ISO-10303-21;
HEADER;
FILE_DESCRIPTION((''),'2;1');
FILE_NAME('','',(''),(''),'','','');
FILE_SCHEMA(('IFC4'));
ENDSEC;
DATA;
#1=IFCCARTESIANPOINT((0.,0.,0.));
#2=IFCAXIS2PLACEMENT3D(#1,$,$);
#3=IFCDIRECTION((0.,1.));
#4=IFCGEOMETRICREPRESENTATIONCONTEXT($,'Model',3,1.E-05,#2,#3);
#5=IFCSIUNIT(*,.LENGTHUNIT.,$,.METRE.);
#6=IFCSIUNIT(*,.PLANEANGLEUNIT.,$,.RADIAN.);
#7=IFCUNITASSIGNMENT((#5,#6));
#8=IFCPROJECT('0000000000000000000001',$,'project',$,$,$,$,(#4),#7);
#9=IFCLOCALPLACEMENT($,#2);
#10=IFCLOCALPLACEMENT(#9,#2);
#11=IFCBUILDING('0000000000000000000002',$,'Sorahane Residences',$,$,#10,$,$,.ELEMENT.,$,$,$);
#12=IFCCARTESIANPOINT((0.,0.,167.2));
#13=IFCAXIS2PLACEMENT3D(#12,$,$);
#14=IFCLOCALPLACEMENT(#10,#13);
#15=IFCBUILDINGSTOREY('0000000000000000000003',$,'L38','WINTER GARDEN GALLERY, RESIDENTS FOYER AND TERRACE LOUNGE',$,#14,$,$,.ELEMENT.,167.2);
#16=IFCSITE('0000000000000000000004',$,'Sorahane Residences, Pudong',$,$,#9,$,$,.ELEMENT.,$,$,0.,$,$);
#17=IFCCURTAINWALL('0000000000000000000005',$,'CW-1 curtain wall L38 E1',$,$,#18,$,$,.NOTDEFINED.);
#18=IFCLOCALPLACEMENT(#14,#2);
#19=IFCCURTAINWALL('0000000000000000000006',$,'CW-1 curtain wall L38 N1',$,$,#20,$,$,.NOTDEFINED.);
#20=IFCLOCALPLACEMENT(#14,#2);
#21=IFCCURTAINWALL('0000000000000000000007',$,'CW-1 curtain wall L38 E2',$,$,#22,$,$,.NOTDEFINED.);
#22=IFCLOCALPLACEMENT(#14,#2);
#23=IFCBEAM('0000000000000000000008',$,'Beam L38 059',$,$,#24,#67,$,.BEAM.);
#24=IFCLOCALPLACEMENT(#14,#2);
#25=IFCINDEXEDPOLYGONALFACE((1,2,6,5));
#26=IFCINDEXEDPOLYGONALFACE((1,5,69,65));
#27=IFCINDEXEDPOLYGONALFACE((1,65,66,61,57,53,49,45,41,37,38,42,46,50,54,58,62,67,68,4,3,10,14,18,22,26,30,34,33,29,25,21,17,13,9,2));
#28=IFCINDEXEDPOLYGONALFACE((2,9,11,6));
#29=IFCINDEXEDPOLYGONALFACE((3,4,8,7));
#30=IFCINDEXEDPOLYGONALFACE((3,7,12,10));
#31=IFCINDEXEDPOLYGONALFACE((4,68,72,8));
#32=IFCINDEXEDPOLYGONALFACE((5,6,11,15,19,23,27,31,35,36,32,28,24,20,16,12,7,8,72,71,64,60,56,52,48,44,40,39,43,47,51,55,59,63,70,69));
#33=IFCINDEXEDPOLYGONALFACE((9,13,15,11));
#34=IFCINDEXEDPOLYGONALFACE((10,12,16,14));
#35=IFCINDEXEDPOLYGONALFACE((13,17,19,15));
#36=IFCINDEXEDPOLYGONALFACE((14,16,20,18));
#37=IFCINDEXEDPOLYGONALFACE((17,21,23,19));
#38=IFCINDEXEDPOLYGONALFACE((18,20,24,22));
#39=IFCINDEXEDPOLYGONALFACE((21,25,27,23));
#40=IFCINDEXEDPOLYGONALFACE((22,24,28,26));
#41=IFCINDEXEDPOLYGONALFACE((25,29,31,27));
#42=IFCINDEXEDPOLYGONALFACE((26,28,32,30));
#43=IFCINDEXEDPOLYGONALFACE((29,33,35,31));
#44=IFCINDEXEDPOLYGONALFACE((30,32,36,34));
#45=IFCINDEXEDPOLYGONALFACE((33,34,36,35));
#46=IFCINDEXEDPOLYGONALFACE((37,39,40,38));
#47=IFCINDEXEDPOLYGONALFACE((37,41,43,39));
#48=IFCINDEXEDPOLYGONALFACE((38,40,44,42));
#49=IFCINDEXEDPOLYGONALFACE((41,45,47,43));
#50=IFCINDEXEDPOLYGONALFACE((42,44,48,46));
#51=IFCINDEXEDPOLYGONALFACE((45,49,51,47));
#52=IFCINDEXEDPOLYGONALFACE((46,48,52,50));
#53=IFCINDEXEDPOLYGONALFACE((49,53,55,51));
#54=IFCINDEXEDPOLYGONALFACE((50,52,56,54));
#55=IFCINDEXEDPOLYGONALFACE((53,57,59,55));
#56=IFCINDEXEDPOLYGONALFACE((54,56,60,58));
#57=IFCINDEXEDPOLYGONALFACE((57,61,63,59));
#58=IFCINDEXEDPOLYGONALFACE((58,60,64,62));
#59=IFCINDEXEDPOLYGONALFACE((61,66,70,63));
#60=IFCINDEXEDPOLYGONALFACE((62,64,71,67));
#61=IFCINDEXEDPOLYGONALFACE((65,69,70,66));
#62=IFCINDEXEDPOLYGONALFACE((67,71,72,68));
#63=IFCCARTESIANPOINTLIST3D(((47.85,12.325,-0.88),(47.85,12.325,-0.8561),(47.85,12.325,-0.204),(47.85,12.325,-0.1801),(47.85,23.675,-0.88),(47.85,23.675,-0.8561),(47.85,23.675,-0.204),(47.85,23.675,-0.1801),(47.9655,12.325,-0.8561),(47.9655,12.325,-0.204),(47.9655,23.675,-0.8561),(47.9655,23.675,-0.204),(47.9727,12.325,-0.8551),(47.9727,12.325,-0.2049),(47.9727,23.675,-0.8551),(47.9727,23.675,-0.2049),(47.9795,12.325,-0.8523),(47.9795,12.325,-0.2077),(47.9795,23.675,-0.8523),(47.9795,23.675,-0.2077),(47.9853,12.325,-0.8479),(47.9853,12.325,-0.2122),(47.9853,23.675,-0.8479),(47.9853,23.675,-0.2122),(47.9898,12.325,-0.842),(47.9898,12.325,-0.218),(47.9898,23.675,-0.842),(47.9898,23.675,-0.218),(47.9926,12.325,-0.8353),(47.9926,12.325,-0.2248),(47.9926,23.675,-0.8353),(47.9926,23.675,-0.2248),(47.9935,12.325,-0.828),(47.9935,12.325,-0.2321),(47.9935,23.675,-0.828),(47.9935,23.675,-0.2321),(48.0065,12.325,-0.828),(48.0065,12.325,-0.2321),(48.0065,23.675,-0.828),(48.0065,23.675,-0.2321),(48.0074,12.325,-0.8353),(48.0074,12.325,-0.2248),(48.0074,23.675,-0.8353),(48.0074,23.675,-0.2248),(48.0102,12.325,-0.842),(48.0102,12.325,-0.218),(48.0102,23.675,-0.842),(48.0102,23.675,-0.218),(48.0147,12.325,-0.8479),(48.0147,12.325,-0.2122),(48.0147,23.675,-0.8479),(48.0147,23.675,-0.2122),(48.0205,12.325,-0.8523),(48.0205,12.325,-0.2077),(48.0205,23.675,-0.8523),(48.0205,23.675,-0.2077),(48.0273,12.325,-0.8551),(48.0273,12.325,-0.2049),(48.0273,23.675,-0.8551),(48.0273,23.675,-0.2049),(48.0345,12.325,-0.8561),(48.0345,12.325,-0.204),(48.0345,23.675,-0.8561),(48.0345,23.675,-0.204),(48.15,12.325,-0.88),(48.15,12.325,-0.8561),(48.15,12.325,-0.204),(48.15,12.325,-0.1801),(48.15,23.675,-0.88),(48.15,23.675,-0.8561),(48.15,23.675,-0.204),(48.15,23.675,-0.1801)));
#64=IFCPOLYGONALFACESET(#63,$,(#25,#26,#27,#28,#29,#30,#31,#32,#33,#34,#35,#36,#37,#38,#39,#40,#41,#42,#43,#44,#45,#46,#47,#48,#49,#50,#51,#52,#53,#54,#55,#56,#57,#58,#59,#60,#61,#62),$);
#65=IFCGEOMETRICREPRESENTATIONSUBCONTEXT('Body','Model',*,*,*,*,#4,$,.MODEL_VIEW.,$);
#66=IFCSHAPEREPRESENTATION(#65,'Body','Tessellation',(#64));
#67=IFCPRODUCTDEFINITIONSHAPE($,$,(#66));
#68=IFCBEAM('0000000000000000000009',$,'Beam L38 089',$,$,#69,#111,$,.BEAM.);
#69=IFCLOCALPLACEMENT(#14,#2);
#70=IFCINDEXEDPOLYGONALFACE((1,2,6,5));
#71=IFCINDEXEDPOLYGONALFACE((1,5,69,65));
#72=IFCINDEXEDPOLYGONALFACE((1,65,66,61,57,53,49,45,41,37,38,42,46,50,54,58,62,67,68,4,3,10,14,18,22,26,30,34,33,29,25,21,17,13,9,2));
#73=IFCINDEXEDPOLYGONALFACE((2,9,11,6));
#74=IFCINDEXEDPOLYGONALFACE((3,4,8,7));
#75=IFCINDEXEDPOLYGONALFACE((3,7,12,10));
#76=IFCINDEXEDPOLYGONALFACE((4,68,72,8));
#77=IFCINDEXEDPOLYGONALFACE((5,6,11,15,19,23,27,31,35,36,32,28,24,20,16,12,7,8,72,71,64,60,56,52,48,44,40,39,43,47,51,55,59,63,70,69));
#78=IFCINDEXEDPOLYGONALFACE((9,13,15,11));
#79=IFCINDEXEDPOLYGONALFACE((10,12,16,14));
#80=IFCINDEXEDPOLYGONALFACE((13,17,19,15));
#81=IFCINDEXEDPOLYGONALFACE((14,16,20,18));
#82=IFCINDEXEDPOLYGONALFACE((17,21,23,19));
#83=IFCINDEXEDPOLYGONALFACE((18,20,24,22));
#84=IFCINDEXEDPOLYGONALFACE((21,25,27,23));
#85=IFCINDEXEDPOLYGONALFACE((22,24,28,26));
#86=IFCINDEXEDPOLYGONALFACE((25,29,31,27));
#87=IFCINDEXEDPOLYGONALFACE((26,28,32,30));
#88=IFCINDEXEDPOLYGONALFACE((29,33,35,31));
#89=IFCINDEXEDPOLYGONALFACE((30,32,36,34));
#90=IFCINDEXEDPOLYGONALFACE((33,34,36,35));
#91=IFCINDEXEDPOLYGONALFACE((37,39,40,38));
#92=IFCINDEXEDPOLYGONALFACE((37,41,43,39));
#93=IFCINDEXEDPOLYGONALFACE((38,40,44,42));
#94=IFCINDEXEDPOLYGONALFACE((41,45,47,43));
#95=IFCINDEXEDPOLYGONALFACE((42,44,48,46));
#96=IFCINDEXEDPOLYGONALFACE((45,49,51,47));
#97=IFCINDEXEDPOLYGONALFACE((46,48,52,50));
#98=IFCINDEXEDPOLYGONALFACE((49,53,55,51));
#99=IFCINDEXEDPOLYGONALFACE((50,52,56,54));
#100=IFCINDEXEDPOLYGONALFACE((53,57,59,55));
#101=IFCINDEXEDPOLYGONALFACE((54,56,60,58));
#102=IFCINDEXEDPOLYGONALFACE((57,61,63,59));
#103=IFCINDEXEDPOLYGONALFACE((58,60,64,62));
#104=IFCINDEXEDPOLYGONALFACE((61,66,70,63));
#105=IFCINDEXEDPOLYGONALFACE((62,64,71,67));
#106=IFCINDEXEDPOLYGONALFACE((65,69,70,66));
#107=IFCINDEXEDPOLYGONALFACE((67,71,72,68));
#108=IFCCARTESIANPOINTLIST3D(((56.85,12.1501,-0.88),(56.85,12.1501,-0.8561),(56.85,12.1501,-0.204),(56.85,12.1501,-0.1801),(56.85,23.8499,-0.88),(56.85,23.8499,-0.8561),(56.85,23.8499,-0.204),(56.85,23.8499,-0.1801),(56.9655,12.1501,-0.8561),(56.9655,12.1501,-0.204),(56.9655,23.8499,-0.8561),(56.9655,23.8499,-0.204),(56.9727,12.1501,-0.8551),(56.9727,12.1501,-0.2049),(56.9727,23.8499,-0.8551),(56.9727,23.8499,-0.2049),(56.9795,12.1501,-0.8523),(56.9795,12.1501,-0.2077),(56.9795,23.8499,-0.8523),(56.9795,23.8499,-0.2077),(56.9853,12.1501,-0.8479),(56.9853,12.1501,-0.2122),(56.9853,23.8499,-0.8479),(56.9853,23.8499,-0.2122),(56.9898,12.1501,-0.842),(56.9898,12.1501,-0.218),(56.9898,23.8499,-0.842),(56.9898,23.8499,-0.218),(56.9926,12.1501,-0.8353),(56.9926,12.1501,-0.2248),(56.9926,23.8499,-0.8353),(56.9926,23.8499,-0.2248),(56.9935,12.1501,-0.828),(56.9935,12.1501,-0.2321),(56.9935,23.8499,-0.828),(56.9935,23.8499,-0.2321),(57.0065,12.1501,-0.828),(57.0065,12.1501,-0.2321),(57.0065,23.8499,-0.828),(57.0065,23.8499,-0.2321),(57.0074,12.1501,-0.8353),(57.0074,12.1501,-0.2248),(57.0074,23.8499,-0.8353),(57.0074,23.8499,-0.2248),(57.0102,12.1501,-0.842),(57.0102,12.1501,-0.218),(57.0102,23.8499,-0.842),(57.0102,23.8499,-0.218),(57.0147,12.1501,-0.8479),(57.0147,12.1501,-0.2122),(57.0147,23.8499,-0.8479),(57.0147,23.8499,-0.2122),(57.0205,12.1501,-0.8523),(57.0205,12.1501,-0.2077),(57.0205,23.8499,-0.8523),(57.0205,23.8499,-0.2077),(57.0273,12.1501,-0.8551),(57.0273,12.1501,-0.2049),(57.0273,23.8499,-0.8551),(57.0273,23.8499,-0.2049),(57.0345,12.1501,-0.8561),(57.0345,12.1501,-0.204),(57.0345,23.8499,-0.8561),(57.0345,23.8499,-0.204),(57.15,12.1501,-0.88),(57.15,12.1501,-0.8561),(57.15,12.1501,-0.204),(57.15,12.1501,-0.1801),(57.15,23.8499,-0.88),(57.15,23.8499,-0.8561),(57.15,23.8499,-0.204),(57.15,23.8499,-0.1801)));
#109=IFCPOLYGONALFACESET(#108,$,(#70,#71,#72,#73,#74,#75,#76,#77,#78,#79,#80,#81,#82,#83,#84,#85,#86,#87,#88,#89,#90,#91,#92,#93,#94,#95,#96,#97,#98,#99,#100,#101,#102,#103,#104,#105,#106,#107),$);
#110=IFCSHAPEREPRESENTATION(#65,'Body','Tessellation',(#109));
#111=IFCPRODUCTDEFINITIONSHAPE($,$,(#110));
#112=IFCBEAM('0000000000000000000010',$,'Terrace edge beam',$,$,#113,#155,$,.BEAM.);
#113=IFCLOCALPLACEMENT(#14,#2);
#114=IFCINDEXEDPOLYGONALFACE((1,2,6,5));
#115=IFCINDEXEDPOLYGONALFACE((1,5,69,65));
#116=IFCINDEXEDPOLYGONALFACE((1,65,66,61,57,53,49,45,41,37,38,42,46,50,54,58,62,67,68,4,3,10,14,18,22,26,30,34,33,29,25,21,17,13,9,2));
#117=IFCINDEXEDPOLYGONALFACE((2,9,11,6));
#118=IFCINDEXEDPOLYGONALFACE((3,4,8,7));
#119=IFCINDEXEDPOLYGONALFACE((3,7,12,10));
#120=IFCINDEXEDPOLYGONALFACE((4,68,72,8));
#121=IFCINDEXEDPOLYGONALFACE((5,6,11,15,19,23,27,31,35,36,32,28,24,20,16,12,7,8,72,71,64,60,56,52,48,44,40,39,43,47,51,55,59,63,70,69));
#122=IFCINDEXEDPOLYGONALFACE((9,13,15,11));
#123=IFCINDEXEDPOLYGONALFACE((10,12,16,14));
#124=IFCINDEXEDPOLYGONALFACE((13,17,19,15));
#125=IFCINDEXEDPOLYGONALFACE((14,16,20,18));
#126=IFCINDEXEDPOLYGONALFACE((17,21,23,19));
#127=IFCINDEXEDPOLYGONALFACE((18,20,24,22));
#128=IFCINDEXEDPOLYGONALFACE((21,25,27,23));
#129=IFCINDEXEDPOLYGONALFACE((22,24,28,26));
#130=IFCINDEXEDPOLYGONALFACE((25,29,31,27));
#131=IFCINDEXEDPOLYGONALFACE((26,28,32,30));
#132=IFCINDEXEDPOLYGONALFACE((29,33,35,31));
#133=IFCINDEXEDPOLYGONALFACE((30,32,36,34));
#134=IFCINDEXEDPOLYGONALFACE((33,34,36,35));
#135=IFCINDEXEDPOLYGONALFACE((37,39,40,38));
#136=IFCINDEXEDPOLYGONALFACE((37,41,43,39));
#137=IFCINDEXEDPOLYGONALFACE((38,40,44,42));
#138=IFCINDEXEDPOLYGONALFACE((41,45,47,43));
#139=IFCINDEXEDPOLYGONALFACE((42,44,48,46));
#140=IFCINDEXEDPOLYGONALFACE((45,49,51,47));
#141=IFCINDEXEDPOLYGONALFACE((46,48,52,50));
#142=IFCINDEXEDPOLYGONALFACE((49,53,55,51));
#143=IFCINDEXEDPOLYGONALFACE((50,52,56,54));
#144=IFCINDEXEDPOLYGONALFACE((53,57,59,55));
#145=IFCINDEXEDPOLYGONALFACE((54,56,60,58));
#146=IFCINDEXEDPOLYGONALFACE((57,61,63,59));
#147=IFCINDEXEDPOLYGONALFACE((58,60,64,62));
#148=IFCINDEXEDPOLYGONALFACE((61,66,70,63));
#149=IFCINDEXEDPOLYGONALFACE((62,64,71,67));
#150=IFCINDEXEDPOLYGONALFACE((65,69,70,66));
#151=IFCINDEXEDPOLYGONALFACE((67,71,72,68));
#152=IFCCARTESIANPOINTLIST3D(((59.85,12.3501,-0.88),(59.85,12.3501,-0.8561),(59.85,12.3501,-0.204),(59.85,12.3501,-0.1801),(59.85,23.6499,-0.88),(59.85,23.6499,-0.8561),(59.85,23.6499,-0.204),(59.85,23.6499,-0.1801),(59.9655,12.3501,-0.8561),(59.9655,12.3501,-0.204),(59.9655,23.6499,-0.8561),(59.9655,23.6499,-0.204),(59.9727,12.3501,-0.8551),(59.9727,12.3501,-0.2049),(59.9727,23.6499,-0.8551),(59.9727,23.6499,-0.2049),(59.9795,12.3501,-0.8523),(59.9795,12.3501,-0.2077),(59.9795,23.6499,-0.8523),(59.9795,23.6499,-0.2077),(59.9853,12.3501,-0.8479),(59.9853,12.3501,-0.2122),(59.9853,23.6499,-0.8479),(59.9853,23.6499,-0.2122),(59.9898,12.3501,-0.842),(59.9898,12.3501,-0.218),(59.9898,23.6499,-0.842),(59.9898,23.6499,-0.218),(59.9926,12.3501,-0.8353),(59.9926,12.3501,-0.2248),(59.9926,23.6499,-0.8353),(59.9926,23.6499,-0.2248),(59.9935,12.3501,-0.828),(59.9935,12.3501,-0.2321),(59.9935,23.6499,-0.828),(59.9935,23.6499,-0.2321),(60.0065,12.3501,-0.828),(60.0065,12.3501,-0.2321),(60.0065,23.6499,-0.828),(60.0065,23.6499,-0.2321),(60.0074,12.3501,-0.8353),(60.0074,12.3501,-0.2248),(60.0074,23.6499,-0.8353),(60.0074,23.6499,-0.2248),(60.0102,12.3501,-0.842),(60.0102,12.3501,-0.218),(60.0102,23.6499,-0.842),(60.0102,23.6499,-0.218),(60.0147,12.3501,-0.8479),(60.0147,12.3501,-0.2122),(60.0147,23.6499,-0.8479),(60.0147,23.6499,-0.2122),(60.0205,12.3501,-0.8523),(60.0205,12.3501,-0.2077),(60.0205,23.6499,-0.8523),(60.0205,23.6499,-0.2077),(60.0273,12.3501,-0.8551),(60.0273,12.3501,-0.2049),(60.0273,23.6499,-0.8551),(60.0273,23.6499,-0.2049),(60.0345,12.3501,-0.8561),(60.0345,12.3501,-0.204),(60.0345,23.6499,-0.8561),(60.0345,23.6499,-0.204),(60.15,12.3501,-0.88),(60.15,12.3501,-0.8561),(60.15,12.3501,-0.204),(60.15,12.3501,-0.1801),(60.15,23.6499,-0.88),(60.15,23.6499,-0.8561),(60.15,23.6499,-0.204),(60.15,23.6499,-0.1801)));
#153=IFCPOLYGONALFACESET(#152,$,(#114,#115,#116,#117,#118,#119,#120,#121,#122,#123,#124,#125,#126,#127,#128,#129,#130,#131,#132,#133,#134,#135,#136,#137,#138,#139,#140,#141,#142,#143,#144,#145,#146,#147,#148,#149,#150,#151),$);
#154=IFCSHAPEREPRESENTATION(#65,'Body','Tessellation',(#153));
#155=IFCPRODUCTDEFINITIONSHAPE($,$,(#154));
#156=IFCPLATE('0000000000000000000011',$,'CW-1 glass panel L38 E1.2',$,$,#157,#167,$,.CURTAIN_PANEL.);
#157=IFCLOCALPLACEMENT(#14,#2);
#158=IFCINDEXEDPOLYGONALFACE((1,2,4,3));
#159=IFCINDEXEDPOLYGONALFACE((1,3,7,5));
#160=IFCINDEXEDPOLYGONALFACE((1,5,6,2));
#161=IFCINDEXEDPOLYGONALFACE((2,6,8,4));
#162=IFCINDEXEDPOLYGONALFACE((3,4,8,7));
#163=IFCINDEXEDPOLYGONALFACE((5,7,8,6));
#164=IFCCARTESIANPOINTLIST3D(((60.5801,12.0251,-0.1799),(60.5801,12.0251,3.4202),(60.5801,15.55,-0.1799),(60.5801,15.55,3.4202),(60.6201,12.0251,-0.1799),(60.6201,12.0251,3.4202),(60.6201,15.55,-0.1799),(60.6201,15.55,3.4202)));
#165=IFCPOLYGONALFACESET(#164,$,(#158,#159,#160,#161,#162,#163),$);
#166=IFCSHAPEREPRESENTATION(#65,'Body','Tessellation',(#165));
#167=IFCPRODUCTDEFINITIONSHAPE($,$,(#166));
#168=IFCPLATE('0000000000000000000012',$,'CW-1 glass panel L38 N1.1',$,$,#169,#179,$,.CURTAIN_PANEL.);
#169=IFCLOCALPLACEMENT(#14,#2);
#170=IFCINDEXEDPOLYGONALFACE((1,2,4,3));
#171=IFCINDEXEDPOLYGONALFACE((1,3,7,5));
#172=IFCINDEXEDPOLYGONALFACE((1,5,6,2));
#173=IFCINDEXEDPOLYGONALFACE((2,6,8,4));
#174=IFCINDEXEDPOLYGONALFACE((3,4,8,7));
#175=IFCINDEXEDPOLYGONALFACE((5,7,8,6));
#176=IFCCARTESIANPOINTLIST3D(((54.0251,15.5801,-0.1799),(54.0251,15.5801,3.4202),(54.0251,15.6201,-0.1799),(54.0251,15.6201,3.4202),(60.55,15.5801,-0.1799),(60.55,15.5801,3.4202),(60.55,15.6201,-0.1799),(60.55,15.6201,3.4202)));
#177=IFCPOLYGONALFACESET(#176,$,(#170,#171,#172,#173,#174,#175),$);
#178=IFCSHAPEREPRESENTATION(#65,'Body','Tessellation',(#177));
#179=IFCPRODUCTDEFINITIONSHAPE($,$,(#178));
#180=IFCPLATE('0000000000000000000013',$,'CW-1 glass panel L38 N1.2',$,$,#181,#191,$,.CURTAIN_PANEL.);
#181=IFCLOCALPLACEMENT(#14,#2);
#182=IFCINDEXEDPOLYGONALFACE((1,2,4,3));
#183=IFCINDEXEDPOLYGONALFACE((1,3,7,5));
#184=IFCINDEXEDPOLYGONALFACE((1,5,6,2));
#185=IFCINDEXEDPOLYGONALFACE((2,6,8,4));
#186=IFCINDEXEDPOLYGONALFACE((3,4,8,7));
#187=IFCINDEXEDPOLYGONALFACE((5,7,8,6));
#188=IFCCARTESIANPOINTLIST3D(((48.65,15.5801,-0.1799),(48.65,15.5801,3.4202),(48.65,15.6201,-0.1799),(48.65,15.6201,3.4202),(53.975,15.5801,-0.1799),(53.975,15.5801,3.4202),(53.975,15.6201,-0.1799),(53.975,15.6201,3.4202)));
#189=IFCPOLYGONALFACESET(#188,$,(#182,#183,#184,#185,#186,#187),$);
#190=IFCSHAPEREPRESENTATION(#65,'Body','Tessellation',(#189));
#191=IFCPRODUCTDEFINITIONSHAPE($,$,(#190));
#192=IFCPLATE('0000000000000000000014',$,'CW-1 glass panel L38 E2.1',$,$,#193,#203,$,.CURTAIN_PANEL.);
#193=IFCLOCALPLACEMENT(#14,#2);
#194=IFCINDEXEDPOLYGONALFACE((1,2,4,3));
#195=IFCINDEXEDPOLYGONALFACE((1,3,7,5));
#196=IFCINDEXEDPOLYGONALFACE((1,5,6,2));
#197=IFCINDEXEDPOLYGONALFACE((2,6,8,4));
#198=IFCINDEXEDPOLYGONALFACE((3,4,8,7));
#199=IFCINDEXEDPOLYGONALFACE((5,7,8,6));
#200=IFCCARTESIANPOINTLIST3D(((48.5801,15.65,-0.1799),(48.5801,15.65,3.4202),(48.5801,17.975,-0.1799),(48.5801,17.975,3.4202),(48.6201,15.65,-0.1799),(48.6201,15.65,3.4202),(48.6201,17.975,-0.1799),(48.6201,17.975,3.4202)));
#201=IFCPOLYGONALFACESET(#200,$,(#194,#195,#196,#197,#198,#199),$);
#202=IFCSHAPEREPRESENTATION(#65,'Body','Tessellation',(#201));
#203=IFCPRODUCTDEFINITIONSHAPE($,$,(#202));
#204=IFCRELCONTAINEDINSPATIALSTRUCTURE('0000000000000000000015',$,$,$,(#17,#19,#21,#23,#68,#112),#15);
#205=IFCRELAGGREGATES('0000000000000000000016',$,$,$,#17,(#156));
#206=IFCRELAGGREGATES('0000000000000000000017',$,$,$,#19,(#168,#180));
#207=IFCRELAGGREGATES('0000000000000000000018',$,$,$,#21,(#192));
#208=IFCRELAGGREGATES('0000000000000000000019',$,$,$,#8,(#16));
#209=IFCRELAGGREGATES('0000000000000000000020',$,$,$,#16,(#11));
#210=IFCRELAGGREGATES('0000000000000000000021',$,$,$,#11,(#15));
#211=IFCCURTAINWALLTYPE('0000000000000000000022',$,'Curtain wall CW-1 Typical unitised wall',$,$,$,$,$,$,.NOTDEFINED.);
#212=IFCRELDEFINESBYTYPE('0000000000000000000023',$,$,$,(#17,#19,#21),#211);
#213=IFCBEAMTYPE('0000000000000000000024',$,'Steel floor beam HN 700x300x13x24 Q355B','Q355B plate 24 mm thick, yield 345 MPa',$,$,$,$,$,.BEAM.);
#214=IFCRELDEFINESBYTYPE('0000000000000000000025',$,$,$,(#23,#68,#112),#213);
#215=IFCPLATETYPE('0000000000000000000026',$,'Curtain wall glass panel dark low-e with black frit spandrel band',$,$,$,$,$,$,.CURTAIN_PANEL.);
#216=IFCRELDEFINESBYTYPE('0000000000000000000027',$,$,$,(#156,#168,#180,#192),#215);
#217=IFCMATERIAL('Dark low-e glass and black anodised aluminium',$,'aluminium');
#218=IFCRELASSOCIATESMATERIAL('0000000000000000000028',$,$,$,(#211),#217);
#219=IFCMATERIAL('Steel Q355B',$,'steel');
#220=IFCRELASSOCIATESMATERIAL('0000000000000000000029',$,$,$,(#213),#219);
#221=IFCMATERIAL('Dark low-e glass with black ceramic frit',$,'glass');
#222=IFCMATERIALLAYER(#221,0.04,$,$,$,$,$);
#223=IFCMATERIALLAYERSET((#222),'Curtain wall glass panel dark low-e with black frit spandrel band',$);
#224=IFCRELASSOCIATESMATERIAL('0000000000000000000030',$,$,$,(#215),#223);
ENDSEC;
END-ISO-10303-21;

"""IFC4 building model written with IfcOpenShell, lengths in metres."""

from ifc_helpers import new_model, si_unit, direction, frame, origin, origin_2d, place, context, subcontext, project, spatial, rectangle, i_section, extrude, material, layer, layer_set, material_profile, profile_set, type_object, element, aggregate, save


model = new_model("IFC4")

# Units and contexts
model_context = context("Model", 3, precision=1e-05, world=origin(), true_north=direction((0.0, 1.0)))
body_context = subcontext(model_context, "Body", "Model", "MODEL_VIEW")
ifc_project = project(units=[si_unit("LENGTHUNIT", "METRE"), si_unit("PLANEANGLEUNIT", "RADIAN")], contexts=[model_context])

# Site, building, storey
site_placement = place(None, origin())
site = spatial("IfcSite", under=ifc_project, at=site_placement, Name="Sorahane Residences, Pudong", CompositionType="ELEMENT", RefElevation=0.0)
building_placement = place(site_placement, origin())
building = spatial("IfcBuilding", under=site, at=building_placement, Name="Sorahane Residences", CompositionType="ELEMENT")
storey_placement = place(building_placement, frame((0.0, 0.0, 167.2)))
storey = spatial("IfcBuildingStorey", under=building, at=storey_placement, Name="L38", Description="WINTER GARDEN GALLERY, RESIDENTS FOYER AND TERRACE LOUNGE", CompositionType="ELEMENT", Elevation=167.2)

# Curtain walls
ifc_material_1 = material(Name="Dark low-e glass and black anodised aluminium", Category="aluminium")
curtain_wall_type = type_object("IfcCurtainWallType", Name="Curtain wall CW-1 Typical unitised wall", PredefinedType="NOTDEFINED", material=ifc_material_1)
curtain_wall_1_placement = place(storey_placement, origin())
curtain_wall_1 = element("IfcCurtainWall", 1, at=curtain_wall_1_placement, inside=storey, type_object=curtain_wall_type, Name="CW-1 curtain wall L38 E1", PredefinedType="NOTDEFINED")
curtain_wall_2_placement = place(storey_placement, origin())
curtain_wall_2 = element("IfcCurtainWall", 2, at=curtain_wall_2_placement, inside=storey, type_object=curtain_wall_type, Name="CW-1 curtain wall L38 N1", PredefinedType="NOTDEFINED")

# Curtain wall
curtain_wall_3_placement = place(storey_placement, origin())
curtain_wall_3 = element("IfcCurtainWall", 3, at=curtain_wall_3_placement, inside=storey, type_object=curtain_wall_type, Name="CW-1 curtain wall L38 E2", PredefinedType="NOTDEFINED")

# Beams
ifc_material_2 = material(Name="Steel Q355B", Category="steel")
ifc_material_profile_1 = material_profile(ifc_material_2, i_section(OverallWidth=0.3, OverallDepth=0.7, WebThickness=0.0129, FlangeThickness=0.0239, FilletRadius=0.0281, at=origin_2d()), Name="HN 700x300x13x24")
ifc_profile_set_1 = profile_set([ifc_material_profile_1], Name="Steel Q355B")
beam_type = type_object("IfcBeamType", Name="Steel floor beam HN 700x300x13x24 Q355B", Description="Q355B plate 24 mm thick, yield 345 MPa", PredefinedType="BEAM", material=ifc_profile_set_1)
beam_1_placement = place(storey_placement, frame((48.0, 12.325, -0.53), z_axis=(0.0, 1.0, 0.0), x_axis=(-1.0, 0.0, 0.0)))
element("IfcBeam", 4, at=beam_1_placement, inside=storey, type_object=beam_type, Name="Beam L38 059", PredefinedType="BEAM", context=body_context, shape_type="SweptSolid", body=[
    extrude(i_section(OverallWidth=0.3, OverallDepth=0.7, WebThickness=0.0129, FlangeThickness=0.0239, FilletRadius=0.0281, at=origin_2d()), origin(), (0.0, 0.0, 1.0), 11.3501),
])
beam_2_placement = place(storey_placement, frame((57.0, 12.1501, -0.53), z_axis=(0.0, 1.0, 0.0), x_axis=(-1.0, 0.0, 0.0)))
element("IfcBeam", 5, at=beam_2_placement, inside=storey, type_object=beam_type, Name="Beam L38 089", PredefinedType="BEAM", context=body_context, shape_type="SweptSolid", body=[
    extrude(i_section(OverallWidth=0.3, OverallDepth=0.7, WebThickness=0.0129, FlangeThickness=0.0239, FilletRadius=0.0281, at=origin_2d()), origin(), (0.0, 0.0, 1.0), 11.6997),
])
beam_3_placement = place(storey_placement, frame((60.0, 12.3501, -0.53), z_axis=(0.0, 1.0, 0.0), x_axis=(-1.0, 0.0, 0.0)))
element("IfcBeam", 6, at=beam_3_placement, inside=storey, type_object=beam_type, Name="Terrace edge beam", PredefinedType="BEAM", context=body_context, shape_type="SweptSolid", body=[
    extrude(i_section(OverallWidth=0.3, OverallDepth=0.7, WebThickness=0.0129, FlangeThickness=0.0239, FilletRadius=0.0281, at=origin_2d()), origin(), (0.0, 0.0, 1.0), 11.2998),
])

# Plates
ifc_material_3 = material(Name="Dark low-e glass with black ceramic frit", Category="glass")
ifc_layer_1 = layer(ifc_material_3, 0.04)
ifc_layer_set_1 = layer_set([ifc_layer_1], Name="Curtain wall glass panel dark low-e with black frit spandrel band")
plate_type = type_object("IfcPlateType", Name="Curtain wall glass panel dark low-e with black frit spandrel band", PredefinedType="CURTAIN_PANEL", material=ifc_layer_set_1)
plate_1_placement = place(storey_placement, frame((60.6001, 13.7876, -0.1799), z_axis=(0.0, 0.0, 1.0), x_axis=(0.0, 1.0, 0.0)))
plate_1 = element("IfcPlate", 7, at=plate_1_placement, type_object=plate_type, Name="CW-1 glass panel L38 E1.2", PredefinedType="CURTAIN_PANEL", context=body_context, shape_type="SweptSolid", body=[
    extrude(rectangle(XDim=3.5249, YDim=0.04, at=origin_2d()), origin(), (0.0, 0.0, 1.0), 3.6001),
])
aggregate(curtain_wall_1, [plate_1])
plate_2_placement = place(storey_placement, frame((57.2876, 15.6001, -0.1799), z_axis=(0.0, 0.0, 1.0), x_axis=(-1.0, 0.0, 0.0)))
plate_2 = element("IfcPlate", 8, at=plate_2_placement, type_object=plate_type, Name="CW-1 glass panel L38 N1.1", PredefinedType="CURTAIN_PANEL", context=body_context, shape_type="SweptSolid", body=[
    extrude(rectangle(XDim=6.5249, YDim=0.04, at=origin_2d()), origin(), (0.0, 0.0, 1.0), 3.6001),
])
plate_3_placement = place(storey_placement, frame((51.3125, 15.6001, -0.1799), z_axis=(0.0, 0.0, 1.0), x_axis=(-1.0, 0.0, 0.0)))
plate_3 = element("IfcPlate", 9, at=plate_3_placement, type_object=plate_type, Name="CW-1 glass panel L38 N1.2", PredefinedType="CURTAIN_PANEL", context=body_context, shape_type="SweptSolid", body=[
    extrude(rectangle(XDim=5.325, YDim=0.04, at=origin_2d()), origin(), (0.0, 0.0, 1.0), 3.6001),
])
aggregate(curtain_wall_2, [plate_2, plate_3])
plate_4_placement = place(storey_placement, frame((48.6001, 16.8125, -0.1799), z_axis=(0.0, 0.0, 1.0), x_axis=(0.0, 1.0, 0.0)))
plate_4 = element("IfcPlate", 10, at=plate_4_placement, type_object=plate_type, Name="CW-1 glass panel L38 E2.1", PredefinedType="CURTAIN_PANEL", context=body_context, shape_type="SweptSolid", body=[
    extrude(rectangle(XDim=2.325, YDim=0.04, at=origin_2d()), origin(), (0.0, 0.0, 1.0), 3.6001),
])
aggregate(curtain_wall_3, [plate_4])

save(model, "model.ifc")
